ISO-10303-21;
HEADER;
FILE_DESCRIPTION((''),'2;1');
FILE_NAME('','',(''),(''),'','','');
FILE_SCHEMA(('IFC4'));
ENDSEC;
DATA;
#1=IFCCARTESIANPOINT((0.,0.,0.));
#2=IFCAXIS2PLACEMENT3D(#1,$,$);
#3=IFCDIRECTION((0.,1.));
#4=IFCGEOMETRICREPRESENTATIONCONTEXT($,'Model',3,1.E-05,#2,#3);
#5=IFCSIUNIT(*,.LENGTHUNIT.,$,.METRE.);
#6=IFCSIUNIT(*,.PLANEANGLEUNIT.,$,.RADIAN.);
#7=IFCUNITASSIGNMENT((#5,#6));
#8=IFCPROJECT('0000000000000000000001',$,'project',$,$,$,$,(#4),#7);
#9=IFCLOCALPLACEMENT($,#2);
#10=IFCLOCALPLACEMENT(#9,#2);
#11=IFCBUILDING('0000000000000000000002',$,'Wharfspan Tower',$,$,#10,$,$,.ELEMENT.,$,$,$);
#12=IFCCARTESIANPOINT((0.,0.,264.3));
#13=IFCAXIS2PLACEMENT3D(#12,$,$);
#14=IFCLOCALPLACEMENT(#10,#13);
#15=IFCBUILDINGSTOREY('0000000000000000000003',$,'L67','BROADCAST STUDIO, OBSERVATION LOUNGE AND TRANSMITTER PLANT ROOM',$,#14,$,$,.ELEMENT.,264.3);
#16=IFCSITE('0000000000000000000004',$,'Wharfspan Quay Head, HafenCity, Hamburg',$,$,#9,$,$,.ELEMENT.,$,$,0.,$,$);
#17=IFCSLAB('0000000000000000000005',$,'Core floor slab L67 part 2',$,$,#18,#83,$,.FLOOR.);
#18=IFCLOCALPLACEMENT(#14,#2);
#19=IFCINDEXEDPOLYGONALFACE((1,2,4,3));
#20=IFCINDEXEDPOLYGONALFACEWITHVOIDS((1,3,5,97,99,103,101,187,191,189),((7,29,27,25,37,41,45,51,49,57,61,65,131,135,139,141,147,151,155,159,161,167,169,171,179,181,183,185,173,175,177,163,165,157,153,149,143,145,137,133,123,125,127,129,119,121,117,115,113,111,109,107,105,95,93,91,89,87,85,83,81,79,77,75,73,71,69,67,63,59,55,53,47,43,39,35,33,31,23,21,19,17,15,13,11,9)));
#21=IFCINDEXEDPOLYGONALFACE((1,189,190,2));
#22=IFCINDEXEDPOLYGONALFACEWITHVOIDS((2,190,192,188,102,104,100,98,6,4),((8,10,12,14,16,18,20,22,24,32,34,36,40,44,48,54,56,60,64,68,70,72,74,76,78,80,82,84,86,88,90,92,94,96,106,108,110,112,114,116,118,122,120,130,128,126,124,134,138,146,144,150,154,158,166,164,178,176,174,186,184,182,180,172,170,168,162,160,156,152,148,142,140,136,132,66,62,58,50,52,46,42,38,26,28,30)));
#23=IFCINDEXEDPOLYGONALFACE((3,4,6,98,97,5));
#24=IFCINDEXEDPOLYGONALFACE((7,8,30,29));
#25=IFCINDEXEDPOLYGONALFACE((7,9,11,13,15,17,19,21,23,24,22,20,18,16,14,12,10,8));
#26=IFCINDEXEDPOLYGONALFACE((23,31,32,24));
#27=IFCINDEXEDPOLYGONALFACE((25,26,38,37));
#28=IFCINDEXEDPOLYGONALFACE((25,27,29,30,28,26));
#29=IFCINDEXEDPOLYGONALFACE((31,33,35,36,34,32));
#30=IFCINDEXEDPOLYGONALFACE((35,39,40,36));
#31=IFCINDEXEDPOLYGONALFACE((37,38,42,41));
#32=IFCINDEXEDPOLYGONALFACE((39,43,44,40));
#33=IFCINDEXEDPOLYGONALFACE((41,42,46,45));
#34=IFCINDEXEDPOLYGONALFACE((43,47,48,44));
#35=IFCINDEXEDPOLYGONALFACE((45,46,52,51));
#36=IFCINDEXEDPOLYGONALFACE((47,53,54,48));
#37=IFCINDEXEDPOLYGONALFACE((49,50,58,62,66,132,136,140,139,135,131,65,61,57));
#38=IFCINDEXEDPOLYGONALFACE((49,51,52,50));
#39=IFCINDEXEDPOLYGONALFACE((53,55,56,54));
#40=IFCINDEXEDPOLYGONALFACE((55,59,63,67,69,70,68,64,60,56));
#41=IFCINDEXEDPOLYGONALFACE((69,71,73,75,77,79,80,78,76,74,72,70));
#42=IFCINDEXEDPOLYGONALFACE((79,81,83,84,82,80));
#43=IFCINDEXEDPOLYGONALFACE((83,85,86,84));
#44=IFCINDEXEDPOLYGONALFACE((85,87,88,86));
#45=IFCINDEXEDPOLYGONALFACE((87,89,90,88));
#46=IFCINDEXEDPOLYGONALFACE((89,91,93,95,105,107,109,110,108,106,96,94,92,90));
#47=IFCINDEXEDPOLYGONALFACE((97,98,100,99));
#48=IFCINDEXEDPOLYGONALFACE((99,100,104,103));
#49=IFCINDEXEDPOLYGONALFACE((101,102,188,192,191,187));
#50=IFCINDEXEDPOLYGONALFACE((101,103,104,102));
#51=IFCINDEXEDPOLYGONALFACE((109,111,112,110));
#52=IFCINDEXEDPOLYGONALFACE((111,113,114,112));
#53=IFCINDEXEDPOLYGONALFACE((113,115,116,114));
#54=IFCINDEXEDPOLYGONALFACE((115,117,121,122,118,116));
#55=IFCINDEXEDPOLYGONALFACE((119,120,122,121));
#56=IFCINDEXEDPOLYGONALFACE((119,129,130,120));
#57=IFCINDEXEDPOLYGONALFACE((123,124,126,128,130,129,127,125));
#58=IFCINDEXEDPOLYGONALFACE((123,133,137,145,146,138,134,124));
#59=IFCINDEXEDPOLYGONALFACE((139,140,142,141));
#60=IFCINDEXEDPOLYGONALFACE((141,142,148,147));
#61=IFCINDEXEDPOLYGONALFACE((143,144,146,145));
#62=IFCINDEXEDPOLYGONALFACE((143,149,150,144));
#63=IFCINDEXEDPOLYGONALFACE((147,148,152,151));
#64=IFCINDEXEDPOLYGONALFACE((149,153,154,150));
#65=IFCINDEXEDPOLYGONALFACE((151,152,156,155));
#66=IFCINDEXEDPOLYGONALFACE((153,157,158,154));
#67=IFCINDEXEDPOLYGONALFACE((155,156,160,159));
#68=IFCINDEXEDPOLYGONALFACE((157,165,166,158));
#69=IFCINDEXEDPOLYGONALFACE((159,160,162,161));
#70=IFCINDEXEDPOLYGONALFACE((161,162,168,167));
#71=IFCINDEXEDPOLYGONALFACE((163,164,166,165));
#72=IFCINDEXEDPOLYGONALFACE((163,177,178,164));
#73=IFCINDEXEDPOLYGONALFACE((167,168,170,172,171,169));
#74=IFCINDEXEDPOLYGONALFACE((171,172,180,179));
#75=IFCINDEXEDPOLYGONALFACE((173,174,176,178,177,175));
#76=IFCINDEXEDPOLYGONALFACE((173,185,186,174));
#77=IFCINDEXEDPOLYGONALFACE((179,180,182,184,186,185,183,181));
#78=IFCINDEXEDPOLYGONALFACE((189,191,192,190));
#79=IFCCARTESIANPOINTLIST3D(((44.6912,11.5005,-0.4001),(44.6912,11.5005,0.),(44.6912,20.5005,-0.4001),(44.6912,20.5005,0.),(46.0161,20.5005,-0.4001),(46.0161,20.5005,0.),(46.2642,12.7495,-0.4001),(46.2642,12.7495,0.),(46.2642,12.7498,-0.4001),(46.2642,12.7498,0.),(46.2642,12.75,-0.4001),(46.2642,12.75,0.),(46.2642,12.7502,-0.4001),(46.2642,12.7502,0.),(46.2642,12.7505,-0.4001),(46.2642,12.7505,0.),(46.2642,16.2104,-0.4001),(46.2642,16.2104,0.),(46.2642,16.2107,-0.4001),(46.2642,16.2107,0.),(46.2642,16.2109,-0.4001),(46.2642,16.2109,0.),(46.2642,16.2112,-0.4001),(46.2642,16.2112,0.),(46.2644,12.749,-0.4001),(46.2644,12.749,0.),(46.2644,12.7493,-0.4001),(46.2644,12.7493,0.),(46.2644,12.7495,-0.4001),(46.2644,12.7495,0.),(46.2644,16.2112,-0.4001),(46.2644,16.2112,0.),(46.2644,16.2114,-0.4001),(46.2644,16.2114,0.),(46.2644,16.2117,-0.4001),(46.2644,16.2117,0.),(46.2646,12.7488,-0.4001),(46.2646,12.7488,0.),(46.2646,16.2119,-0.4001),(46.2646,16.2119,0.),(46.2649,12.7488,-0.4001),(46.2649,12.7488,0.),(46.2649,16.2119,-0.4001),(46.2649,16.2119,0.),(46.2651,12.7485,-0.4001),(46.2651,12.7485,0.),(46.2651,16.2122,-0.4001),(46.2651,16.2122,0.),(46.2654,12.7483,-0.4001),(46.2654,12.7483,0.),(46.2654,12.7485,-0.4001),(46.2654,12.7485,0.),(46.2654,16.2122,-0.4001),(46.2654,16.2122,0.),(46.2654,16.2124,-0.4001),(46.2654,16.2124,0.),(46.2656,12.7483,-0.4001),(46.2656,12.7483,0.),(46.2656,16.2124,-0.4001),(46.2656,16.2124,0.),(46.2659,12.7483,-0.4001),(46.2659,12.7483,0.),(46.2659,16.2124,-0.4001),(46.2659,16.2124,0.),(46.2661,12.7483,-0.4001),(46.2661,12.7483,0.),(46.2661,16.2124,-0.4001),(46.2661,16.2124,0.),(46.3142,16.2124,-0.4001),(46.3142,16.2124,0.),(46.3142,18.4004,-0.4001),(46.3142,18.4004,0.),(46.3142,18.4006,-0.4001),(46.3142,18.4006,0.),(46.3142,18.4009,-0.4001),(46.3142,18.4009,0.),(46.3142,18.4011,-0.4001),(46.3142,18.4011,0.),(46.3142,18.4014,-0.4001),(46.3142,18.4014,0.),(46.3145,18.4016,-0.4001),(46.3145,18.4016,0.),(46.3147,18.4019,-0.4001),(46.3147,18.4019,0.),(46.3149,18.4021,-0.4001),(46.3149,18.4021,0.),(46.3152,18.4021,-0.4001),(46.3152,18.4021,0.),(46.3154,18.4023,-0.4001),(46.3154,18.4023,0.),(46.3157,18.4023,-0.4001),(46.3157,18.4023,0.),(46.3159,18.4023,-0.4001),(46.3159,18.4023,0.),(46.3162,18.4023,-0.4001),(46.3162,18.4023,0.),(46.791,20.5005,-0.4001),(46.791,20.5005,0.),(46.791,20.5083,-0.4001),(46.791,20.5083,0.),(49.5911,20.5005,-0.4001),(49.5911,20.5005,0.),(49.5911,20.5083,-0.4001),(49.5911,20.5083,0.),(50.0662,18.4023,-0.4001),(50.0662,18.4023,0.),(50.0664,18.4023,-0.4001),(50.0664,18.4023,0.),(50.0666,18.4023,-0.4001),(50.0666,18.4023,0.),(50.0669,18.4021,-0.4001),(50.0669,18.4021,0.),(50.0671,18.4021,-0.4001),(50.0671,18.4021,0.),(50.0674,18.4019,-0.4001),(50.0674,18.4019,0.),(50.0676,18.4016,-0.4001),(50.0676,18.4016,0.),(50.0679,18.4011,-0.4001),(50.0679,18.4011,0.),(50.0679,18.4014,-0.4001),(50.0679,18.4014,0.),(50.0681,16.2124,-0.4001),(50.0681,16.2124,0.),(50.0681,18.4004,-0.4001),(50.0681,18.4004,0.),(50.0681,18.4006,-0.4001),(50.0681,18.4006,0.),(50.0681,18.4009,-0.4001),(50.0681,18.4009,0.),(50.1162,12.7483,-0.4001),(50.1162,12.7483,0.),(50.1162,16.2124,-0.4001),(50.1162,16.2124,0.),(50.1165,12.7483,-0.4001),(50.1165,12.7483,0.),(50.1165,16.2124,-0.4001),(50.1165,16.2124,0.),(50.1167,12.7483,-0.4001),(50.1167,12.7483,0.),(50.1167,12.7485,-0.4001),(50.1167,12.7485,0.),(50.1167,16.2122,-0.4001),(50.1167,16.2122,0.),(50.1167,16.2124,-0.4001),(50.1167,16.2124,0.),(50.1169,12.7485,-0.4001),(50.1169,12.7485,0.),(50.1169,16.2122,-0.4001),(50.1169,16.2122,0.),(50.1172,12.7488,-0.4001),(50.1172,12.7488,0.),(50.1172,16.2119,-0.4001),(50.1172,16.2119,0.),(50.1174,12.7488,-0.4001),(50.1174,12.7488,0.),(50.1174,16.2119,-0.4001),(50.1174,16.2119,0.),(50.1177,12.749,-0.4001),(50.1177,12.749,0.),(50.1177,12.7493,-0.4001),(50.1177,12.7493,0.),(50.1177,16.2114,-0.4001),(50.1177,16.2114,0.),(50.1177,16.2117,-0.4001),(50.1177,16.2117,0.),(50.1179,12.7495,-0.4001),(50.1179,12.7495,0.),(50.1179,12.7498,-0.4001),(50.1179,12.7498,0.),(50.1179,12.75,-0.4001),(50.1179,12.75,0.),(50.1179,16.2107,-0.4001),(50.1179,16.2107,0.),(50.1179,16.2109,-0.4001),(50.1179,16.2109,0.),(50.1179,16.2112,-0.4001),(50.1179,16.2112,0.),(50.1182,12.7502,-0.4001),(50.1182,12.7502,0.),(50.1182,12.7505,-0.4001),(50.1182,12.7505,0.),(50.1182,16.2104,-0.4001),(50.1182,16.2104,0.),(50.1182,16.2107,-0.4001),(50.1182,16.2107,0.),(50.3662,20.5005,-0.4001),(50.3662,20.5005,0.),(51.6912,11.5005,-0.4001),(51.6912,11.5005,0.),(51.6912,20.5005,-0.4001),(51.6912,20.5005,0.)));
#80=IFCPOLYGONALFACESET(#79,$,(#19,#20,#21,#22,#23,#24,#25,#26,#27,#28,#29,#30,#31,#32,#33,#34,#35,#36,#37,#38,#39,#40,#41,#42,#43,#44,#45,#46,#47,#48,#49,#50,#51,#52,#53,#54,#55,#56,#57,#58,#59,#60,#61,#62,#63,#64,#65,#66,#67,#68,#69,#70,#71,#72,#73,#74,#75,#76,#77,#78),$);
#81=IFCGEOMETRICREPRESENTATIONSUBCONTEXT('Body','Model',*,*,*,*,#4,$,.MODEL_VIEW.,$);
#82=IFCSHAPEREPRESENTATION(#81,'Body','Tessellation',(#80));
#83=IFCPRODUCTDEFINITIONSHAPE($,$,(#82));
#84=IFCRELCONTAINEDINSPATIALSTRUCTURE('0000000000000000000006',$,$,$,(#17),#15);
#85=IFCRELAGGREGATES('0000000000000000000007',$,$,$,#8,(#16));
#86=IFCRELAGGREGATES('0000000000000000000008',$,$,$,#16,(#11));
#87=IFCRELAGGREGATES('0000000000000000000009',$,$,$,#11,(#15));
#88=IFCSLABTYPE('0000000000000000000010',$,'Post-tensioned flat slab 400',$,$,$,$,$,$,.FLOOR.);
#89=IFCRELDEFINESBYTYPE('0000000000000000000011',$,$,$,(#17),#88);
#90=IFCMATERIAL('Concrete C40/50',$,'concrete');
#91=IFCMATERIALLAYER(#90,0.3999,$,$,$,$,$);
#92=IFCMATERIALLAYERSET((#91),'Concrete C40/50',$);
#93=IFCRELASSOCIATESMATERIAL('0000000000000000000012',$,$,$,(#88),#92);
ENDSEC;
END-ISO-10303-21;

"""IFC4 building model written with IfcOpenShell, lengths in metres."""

from ifc_helpers import new_model, si_unit, direction, frame, origin, place, context, subcontext, project, spatial, polyline, outline, extrude, material, layer, layer_set, type_object, element, save


model = new_model("IFC4")

# Units and contexts
model_context = context("Model", 3, precision=1e-05, world=origin(), true_north=direction((0.0, 1.0)))
body_context = subcontext(model_context, "Body", "Model", "MODEL_VIEW")
ifc_project = project(units=[si_unit("LENGTHUNIT", "METRE"), si_unit("PLANEANGLEUNIT", "RADIAN")], contexts=[model_context])

# Site, building, storey
site_placement = place(None, origin())
site = spatial("IfcSite", under=ifc_project, at=site_placement, Name="Wharfspan Quay Head, HafenCity, Hamburg", CompositionType="ELEMENT", RefElevation=0.0)
building_placement = place(site_placement, origin())
building = spatial("IfcBuilding", under=site, at=building_placement, Name="Wharfspan Tower", CompositionType="ELEMENT")
storey_placement = place(building_placement, frame((0.0, 0.0, 264.3)))
storey = spatial("IfcBuildingStorey", under=building, at=storey_placement, Name="L67", Description="BROADCAST STUDIO, OBSERVATION LOUNGE AND TRANSMITTER PLANT ROOM", CompositionType="ELEMENT", Elevation=264.3)

# Slab
ifc_material_1 = material(Name="Concrete C40/50", Category="concrete")
ifc_layer_1 = layer(ifc_material_1, 0.3999)
ifc_layer_set_1 = layer_set([ifc_layer_1], Name="Concrete C40/50")
slab_type_1 = type_object("IfcSlabType", Name="Post-tensioned flat slab 400", PredefinedType="FLOOR", material=ifc_layer_set_1)
slab_1_placement = place(storey_placement, frame((0.0, 0.0, -0.4001)))
element("IfcSlab", 1, at=slab_1_placement, inside=storey, type_object=slab_type_1, Name="Core floor slab L67 part 2", PredefinedType="FLOOR", context=body_context, shape_type="SweptSolid", body=[
    extrude(outline(polyline([(46.0161, 20.5005), (44.6912, 20.5005), (44.6912, 11.5005), (51.6912, 11.5005), (51.6912, 20.5005), (50.3662, 20.5005), (49.5911, 20.5005), (49.5911, 20.5083), (46.791, 20.5083), (46.791, 20.5005), (46.0161, 20.5005)]), holes=[polyline([(50.0662, 18.4023), (50.0664, 18.4023), (50.0664, 18.4023), (50.0667, 18.4023), (50.0669, 18.4021), (50.0669, 18.4021), (50.0671, 18.4021), (50.0674, 18.4019), (50.0674, 18.4019), (50.0676, 18.4016), (50.0676, 18.4016), (50.0679, 18.4014), (50.0679, 18.4011), (50.0681, 18.4009), (50.0681, 18.4009), (50.0681, 18.4006), (50.0681, 18.4004), (50.0681, 16.2124), (50.1162, 16.2124), (50.1162, 16.2124), (50.1165, 16.2124), (50.1167, 16.2124), (50.1167, 16.2122), (50.1169, 16.2122), (50.1172, 16.2119), (50.1172, 16.2119), (50.1174, 16.2119), (50.1177, 16.2117), (50.1177, 16.2114), (50.1179, 16.2112), (50.1179, 16.2112), (50.1179, 16.2109), (50.1179, 16.2107), (50.1182, 16.2107), (50.1182, 16.2104), (50.1182, 12.7505), (50.1182, 12.7502), (50.1179, 12.75), (50.1179, 12.7498), (50.1179, 12.7495), (50.1179, 12.7495), (50.1177, 12.7493), (50.1177, 12.749), (50.1174, 12.7488), (50.1172, 12.7488), (50.1172, 12.7488), (50.1169, 12.7485), (50.1167, 12.7485), (50.1167, 12.7483), (50.1165, 12.7483), (50.1162, 12.7483), (50.1162, 12.7483), (46.2661, 12.7483), (46.2659, 12.7483), (46.2656, 12.7483), (46.2654, 12.7483), (46.2654, 12.7485), (46.2651, 12.7485), (46.2649, 12.7488), (46.2649, 12.7488), (46.2646, 12.7488), (46.2644, 12.749), (46.2644, 12.7493), (46.2644, 12.7495), (46.2642, 12.7495), (46.2642, 12.7498), (46.2642, 12.75), (46.2642, 12.7502), (46.2642, 12.7505), (46.2642, 16.2104), (46.2642, 16.2107), (46.2642, 16.2107), (46.2642, 16.2109), (46.2642, 16.2112), (46.2644, 16.2112), (46.2644, 16.2114), (46.2644, 16.2117), (46.2646, 16.2119), (46.2649, 16.2119), (46.2649, 16.2119), (46.2651, 16.2122), (46.2654, 16.2122), (46.2654, 16.2124), (46.2656, 16.2124), (46.2659, 16.2124), (46.2661, 16.2124), (46.3142, 16.2124), (46.3142, 18.4004), (46.3142, 18.4006), (46.3142, 18.4009), (46.3142, 18.4009), (46.3142, 18.4011), (46.3142, 18.4014), (46.3145, 18.4016), (46.3145, 18.4016), (46.3147, 18.4019), (46.3147, 18.4019), (46.3149, 18.4021), (46.3152, 18.4021), (46.3152, 18.4021), (46.3154, 18.4023), (46.3157, 18.4023), (46.3159, 18.4023), (46.3162, 18.4023), (50.0662, 18.4023)])]), origin(), (0.0, 0.0, 1.0), 0.4001),
])

save(model, "model.ifc")
